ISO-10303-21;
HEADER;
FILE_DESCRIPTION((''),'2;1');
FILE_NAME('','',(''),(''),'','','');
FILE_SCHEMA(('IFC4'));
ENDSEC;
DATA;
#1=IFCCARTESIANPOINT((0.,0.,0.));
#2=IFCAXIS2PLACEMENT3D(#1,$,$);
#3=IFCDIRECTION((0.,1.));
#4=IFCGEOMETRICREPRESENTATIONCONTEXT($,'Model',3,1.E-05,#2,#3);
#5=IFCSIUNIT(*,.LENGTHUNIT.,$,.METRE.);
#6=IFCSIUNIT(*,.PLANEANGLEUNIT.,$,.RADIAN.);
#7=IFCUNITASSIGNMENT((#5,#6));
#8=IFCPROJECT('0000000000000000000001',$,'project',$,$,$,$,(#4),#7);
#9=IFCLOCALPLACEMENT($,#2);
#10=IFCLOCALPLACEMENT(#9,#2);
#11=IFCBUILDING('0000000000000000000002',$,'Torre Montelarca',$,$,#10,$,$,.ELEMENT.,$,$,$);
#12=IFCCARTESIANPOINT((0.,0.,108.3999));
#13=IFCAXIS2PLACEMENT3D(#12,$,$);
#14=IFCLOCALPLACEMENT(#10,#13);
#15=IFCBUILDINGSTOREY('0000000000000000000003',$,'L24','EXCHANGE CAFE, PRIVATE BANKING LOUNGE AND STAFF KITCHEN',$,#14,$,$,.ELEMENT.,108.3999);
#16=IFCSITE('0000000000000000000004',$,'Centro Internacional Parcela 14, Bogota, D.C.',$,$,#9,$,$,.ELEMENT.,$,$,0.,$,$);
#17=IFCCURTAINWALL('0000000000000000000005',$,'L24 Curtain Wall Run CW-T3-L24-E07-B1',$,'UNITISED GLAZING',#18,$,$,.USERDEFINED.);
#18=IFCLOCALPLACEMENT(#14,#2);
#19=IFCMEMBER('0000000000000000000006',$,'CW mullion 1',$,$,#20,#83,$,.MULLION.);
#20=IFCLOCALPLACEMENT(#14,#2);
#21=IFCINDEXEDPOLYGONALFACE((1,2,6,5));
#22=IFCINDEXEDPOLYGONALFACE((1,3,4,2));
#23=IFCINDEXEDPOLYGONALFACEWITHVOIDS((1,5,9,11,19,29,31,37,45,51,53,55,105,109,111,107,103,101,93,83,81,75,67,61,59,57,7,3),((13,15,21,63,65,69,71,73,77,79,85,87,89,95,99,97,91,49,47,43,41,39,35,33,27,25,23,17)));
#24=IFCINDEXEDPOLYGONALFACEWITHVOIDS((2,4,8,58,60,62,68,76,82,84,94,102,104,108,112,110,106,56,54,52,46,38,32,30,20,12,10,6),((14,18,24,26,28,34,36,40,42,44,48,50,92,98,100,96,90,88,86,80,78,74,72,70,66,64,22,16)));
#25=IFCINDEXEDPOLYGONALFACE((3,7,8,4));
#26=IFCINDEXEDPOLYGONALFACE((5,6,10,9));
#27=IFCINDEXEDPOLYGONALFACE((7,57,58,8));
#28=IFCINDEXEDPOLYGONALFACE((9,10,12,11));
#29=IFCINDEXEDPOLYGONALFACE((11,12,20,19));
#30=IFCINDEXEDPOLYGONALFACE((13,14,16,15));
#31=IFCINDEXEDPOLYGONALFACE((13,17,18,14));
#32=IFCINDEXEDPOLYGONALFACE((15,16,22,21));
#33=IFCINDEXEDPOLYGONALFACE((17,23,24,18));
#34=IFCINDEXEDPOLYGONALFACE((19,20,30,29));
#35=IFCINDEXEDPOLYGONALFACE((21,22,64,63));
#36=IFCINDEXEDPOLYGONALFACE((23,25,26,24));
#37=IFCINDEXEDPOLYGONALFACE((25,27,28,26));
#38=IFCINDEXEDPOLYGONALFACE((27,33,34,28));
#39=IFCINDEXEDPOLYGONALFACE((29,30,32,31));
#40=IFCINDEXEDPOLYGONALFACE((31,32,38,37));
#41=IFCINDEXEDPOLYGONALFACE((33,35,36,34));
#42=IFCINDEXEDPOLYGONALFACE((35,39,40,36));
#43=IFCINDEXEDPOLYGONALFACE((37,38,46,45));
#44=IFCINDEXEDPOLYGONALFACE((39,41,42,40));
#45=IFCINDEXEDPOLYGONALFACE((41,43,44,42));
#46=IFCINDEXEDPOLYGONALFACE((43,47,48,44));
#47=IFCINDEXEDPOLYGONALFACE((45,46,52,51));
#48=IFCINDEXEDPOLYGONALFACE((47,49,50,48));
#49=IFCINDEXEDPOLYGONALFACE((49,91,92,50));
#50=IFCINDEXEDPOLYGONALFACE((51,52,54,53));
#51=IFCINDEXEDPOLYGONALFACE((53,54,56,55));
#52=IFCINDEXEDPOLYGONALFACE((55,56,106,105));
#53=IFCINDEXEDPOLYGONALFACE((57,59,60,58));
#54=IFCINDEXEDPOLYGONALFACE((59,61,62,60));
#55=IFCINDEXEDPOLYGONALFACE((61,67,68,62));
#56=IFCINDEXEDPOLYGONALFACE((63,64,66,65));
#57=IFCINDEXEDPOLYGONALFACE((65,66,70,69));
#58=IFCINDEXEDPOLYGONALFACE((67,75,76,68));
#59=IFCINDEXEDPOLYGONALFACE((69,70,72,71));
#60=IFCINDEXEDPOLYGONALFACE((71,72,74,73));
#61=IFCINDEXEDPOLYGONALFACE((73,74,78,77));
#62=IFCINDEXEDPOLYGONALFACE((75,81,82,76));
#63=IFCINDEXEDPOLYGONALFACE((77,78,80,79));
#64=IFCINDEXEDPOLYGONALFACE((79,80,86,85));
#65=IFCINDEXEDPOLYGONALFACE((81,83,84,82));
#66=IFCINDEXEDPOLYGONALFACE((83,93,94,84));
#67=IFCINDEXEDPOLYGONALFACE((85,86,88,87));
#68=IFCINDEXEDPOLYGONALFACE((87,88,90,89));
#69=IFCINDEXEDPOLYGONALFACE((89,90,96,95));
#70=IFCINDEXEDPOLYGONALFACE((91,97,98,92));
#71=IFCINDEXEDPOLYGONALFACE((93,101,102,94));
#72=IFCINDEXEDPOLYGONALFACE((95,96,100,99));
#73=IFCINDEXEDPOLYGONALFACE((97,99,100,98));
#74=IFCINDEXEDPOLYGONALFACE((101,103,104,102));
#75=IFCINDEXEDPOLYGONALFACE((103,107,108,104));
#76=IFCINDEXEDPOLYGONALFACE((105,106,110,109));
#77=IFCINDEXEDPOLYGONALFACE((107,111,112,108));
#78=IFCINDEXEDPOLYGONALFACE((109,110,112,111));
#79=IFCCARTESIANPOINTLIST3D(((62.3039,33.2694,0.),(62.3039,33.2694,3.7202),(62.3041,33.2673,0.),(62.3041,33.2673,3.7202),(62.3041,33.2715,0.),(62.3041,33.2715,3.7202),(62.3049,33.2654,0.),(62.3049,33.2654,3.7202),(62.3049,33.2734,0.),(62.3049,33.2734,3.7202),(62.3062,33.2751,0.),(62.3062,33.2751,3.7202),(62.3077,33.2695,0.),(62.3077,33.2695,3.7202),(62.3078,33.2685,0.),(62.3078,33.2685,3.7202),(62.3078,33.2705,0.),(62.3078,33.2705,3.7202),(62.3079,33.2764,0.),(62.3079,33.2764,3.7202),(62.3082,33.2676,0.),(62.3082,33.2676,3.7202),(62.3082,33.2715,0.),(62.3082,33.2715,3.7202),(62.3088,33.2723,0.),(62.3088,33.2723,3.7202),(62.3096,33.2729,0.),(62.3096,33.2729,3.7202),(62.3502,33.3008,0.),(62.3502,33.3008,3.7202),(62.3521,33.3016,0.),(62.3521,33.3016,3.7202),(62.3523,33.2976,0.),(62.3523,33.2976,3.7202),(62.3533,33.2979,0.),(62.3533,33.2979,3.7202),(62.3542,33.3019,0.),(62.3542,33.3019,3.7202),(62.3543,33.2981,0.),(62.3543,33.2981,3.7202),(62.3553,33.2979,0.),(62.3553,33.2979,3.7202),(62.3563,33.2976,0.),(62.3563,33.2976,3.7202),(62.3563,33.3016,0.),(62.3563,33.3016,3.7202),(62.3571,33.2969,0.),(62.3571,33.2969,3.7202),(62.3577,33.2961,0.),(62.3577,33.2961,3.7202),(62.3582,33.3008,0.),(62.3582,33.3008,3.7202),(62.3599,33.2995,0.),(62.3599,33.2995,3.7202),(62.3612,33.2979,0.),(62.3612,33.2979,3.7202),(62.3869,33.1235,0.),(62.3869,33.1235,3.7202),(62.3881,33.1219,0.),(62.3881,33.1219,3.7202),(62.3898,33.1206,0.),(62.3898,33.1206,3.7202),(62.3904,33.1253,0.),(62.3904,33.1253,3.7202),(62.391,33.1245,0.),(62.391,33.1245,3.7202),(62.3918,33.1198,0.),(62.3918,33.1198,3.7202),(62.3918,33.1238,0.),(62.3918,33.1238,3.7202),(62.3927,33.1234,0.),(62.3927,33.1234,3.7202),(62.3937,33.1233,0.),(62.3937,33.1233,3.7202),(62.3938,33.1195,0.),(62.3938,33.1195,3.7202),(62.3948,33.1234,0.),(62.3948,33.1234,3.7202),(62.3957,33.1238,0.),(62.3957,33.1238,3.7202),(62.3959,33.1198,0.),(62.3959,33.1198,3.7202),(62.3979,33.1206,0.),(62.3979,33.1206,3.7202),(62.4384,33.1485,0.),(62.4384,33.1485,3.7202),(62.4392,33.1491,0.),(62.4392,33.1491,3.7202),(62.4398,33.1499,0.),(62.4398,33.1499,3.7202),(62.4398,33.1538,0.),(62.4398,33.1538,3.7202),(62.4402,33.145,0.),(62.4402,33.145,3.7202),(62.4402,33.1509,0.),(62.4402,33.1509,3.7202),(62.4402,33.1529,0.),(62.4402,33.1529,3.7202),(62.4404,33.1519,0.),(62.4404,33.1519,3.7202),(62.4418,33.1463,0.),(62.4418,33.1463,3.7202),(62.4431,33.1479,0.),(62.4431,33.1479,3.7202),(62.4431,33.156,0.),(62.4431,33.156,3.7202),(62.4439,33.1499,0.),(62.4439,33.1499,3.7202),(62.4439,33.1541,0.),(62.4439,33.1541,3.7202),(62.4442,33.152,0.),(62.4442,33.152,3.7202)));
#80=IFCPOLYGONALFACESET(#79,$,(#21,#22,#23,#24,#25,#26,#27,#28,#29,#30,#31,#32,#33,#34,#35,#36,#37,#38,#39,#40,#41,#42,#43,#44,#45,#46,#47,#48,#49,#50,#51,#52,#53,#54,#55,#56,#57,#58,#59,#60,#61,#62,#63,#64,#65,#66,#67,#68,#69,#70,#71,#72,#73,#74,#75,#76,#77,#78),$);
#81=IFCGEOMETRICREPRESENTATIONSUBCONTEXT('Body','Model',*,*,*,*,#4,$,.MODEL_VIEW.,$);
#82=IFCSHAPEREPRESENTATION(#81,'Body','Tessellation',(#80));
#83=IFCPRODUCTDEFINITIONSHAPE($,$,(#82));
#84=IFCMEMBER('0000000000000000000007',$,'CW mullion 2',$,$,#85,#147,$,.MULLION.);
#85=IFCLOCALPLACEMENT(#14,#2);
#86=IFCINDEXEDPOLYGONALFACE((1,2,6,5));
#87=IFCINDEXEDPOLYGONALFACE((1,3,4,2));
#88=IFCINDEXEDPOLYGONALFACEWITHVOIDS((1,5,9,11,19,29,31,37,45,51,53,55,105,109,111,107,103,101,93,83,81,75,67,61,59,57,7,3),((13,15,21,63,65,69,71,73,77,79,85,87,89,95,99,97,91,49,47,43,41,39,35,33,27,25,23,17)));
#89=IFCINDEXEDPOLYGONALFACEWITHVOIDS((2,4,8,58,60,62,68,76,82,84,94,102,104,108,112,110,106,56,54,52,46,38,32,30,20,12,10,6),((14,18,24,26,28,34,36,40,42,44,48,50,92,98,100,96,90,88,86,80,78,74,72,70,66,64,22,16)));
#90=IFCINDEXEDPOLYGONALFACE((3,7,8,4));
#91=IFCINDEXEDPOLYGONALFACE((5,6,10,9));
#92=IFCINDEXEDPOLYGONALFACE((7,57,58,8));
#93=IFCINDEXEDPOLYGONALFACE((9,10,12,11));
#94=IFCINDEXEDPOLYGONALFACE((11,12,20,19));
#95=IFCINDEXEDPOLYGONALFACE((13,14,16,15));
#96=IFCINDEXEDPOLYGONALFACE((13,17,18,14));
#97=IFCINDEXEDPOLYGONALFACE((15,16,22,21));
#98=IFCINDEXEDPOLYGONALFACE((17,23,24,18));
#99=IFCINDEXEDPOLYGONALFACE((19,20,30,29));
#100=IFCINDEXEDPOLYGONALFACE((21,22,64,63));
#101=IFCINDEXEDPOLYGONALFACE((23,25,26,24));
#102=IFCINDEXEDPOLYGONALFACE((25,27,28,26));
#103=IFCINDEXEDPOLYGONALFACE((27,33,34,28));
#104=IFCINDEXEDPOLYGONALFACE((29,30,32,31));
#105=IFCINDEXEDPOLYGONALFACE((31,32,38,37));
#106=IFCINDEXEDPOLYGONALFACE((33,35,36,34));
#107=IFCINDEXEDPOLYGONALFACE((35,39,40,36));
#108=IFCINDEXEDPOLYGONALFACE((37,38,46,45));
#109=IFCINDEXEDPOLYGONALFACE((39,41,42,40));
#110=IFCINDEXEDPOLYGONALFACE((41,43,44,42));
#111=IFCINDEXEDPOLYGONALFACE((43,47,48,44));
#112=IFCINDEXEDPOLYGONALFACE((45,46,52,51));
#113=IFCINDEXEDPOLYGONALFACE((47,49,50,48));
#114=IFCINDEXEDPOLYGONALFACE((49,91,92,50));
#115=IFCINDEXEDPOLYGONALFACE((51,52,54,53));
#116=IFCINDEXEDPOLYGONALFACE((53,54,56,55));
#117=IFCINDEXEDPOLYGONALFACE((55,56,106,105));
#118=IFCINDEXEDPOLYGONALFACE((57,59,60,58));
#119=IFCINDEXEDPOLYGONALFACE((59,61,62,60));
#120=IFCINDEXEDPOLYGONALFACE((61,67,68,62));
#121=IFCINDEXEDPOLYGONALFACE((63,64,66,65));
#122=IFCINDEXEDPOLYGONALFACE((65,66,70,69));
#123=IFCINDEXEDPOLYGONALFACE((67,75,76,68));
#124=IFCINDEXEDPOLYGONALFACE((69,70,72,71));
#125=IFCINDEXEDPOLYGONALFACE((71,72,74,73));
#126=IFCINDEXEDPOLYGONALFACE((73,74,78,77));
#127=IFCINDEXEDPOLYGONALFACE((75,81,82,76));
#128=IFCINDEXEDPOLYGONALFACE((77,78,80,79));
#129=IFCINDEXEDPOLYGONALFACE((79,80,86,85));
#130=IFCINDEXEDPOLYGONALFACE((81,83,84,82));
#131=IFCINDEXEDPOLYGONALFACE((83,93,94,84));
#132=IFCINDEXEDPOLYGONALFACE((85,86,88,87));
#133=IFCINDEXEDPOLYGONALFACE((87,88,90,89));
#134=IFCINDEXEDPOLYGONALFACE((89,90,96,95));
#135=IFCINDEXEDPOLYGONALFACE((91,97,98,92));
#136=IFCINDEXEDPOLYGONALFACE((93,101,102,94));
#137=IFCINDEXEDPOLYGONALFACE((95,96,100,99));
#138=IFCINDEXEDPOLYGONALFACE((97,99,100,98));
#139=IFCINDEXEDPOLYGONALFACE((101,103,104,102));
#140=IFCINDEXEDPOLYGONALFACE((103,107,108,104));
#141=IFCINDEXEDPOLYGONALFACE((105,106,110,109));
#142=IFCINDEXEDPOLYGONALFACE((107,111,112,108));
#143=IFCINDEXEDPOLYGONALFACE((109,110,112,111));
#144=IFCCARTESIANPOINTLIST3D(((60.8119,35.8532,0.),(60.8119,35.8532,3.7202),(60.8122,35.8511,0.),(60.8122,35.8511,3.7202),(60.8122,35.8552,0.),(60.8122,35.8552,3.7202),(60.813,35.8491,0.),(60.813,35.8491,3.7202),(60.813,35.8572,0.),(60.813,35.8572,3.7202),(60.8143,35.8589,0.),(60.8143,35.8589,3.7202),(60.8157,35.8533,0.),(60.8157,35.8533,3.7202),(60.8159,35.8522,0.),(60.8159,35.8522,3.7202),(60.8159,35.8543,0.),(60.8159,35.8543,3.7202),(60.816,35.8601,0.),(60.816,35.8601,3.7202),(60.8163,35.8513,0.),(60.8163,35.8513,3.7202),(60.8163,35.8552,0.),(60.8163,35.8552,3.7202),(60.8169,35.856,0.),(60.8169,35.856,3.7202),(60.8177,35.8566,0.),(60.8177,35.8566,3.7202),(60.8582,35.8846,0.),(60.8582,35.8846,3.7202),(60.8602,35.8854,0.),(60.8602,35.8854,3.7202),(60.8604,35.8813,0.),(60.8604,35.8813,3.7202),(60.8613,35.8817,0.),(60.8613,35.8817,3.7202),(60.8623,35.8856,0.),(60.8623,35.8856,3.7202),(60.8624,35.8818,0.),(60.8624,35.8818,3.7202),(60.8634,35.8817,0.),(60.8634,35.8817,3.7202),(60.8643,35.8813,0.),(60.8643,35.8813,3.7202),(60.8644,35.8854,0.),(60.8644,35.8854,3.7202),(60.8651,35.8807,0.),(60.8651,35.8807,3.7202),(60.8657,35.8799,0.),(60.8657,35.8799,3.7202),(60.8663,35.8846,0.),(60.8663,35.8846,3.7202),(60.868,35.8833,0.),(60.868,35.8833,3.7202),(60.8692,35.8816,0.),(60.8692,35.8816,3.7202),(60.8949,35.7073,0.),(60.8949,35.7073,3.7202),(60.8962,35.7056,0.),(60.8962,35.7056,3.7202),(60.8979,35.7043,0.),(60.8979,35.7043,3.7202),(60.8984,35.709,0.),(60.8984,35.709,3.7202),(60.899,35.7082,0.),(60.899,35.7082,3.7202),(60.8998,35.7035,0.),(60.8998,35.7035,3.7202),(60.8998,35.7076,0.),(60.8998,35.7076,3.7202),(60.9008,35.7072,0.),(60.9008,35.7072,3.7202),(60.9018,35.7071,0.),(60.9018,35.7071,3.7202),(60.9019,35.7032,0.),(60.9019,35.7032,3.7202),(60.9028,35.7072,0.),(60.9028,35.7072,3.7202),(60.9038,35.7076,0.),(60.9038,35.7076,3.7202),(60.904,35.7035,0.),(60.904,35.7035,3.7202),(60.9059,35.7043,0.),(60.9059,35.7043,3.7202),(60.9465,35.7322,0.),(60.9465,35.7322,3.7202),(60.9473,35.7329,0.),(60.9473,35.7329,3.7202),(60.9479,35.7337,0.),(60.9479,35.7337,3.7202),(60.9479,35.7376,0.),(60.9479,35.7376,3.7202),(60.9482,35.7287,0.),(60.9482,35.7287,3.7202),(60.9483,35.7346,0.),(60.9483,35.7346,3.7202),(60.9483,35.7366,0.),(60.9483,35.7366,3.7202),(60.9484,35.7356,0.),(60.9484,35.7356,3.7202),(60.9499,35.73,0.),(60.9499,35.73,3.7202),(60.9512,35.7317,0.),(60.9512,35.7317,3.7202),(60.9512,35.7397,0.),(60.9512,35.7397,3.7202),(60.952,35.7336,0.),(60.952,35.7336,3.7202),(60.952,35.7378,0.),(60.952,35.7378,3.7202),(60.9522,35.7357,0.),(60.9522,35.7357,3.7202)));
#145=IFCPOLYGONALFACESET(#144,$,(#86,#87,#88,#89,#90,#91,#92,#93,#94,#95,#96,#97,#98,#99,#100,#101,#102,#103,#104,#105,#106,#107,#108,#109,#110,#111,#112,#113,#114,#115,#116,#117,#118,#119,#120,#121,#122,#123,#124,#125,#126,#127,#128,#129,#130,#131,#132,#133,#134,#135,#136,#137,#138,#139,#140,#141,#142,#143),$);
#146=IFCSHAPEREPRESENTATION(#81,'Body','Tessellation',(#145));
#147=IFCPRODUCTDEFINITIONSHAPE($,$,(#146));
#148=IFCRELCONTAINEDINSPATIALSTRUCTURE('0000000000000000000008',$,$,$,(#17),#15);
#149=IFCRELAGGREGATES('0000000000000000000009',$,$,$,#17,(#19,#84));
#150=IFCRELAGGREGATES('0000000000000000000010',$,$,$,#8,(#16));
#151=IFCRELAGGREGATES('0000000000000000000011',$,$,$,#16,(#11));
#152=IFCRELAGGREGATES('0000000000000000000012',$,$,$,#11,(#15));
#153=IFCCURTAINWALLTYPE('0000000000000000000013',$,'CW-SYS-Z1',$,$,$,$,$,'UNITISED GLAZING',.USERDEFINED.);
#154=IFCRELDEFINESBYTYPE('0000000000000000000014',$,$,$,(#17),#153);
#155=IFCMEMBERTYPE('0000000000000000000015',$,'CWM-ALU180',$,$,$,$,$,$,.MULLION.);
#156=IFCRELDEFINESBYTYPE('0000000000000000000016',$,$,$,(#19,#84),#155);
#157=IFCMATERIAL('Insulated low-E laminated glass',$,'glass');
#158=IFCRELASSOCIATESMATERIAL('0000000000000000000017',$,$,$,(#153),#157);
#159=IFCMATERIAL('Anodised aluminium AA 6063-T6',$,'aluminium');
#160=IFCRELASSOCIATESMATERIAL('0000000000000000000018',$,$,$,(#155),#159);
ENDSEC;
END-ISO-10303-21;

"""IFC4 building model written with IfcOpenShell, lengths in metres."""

from ifc_helpers import new_model, si_unit, direction, frame, origin, origin_2d, place, context, subcontext, project, spatial, hollow_rectangle, extrude, source, transform, mapped, material, material_profile, profile_set, type_object, element, aggregate, save


model = new_model("IFC4")

# Units and contexts
model_context = context("Model", 3, precision=1e-05, world=origin(), true_north=direction((0.0, 1.0)))
body_context = subcontext(model_context, "Body", "Model", "MODEL_VIEW")
ifc_project = project(units=[si_unit("LENGTHUNIT", "METRE"), si_unit("PLANEANGLEUNIT", "RADIAN")], contexts=[model_context])

# Site, building, storey
site_placement = place(None, origin())
site = spatial("IfcSite", under=ifc_project, at=site_placement, Name="Centro Internacional Parcela 14, Bogota, D.C.", CompositionType="ELEMENT", RefElevation=0.0)
building_placement = place(site_placement, origin())
building = spatial("IfcBuilding", under=site, at=building_placement, Name="Torre Montelarca", CompositionType="ELEMENT")
storey_placement = place(building_placement, frame((0.0, 0.0, 108.3999)))
storey = spatial("IfcBuildingStorey", under=building, at=storey_placement, Name="L24", Description="EXCHANGE CAFE, PRIVATE BANKING LOUNGE AND STAFF KITCHEN", CompositionType="ELEMENT", Elevation=108.3999)

# Curtain wall
ifc_material_1 = material(Name="Insulated low-E laminated glass", Category="glass")
curtain_wall_type = type_object("IfcCurtainWallType", Name="CW-SYS-Z1", ElementType="UNITISED GLAZING", PredefinedType="USERDEFINED", material=ifc_material_1)
curtain_wall_1_placement = place(storey_placement, origin())
curtain_wall_1 = element("IfcCurtainWall", 1, at=curtain_wall_1_placement, inside=storey, type_object=curtain_wall_type, Name="L24 Curtain Wall Run CW-T3-L24-E07-B1", ObjectType="UNITISED GLAZING", PredefinedType="USERDEFINED")
ifc_material_2 = material(Name="Anodised aluminium AA 6063-T6", Category="aluminium")

# Members
ifc_material_profile_1 = material_profile(ifc_material_2, hollow_rectangle(XDim=0.0649, YDim=0.1799, WallThickness=0.0039, InnerFilletRadius=0.0039, OuterFilletRadius=0.0081, at=origin_2d()), Name="ALU65X180X4", Category="aluminium")
ifc_profile_set_1 = profile_set([ifc_material_profile_1], Name="Anodised aluminium AA 6063-T6")
member_type_1 = type_object("IfcMemberType", Name="CWM-ALU180", PredefinedType="MULLION", material=ifc_profile_set_1)
shared_shape_1 = source(origin(), body_context, "Body", "SweptSolid", [
    extrude(hollow_rectangle(XDim=0.0649, YDim=0.1799, WallThickness=0.0039, InnerFilletRadius=0.0039, OuterFilletRadius=0.0081, at=origin_2d()), origin(), (0.0, 0.0, 1.0), 3.7202),
])
member_1_placement = place(storey_placement, frame((62.374, 33.2107, 0.0), z_axis=(0.0, 0.0, 1.0), x_axis=(-0.866021, -0.500008, 0.0)))
member_1 = element("IfcMember", 2, at=member_1_placement, type_object=member_type_1, Name="CW mullion 1", PredefinedType="MULLION", context=body_context, shape_type="MappedRepresentation", body=[
    mapped(shared_shape_1, transform((0.0, 0.0, 0.0), scale=1.0)),
])
member_2_placement = place(storey_placement, frame((60.8821, 35.7944, 0.0), z_axis=(0.0, 0.0, 1.0), x_axis=(-0.866021, -0.500008, 0.0)))
member_2 = element("IfcMember", 3, at=member_2_placement, type_object=member_type_1, Name="CW mullion 2", PredefinedType="MULLION", context=body_context, shape_type="MappedRepresentation", body=[
    mapped(shared_shape_1, transform((0.0, 0.0, 0.0), scale=1.0)),
])

aggregate(curtain_wall_1, [member_1, member_2])

save(model, "model.ifc")
